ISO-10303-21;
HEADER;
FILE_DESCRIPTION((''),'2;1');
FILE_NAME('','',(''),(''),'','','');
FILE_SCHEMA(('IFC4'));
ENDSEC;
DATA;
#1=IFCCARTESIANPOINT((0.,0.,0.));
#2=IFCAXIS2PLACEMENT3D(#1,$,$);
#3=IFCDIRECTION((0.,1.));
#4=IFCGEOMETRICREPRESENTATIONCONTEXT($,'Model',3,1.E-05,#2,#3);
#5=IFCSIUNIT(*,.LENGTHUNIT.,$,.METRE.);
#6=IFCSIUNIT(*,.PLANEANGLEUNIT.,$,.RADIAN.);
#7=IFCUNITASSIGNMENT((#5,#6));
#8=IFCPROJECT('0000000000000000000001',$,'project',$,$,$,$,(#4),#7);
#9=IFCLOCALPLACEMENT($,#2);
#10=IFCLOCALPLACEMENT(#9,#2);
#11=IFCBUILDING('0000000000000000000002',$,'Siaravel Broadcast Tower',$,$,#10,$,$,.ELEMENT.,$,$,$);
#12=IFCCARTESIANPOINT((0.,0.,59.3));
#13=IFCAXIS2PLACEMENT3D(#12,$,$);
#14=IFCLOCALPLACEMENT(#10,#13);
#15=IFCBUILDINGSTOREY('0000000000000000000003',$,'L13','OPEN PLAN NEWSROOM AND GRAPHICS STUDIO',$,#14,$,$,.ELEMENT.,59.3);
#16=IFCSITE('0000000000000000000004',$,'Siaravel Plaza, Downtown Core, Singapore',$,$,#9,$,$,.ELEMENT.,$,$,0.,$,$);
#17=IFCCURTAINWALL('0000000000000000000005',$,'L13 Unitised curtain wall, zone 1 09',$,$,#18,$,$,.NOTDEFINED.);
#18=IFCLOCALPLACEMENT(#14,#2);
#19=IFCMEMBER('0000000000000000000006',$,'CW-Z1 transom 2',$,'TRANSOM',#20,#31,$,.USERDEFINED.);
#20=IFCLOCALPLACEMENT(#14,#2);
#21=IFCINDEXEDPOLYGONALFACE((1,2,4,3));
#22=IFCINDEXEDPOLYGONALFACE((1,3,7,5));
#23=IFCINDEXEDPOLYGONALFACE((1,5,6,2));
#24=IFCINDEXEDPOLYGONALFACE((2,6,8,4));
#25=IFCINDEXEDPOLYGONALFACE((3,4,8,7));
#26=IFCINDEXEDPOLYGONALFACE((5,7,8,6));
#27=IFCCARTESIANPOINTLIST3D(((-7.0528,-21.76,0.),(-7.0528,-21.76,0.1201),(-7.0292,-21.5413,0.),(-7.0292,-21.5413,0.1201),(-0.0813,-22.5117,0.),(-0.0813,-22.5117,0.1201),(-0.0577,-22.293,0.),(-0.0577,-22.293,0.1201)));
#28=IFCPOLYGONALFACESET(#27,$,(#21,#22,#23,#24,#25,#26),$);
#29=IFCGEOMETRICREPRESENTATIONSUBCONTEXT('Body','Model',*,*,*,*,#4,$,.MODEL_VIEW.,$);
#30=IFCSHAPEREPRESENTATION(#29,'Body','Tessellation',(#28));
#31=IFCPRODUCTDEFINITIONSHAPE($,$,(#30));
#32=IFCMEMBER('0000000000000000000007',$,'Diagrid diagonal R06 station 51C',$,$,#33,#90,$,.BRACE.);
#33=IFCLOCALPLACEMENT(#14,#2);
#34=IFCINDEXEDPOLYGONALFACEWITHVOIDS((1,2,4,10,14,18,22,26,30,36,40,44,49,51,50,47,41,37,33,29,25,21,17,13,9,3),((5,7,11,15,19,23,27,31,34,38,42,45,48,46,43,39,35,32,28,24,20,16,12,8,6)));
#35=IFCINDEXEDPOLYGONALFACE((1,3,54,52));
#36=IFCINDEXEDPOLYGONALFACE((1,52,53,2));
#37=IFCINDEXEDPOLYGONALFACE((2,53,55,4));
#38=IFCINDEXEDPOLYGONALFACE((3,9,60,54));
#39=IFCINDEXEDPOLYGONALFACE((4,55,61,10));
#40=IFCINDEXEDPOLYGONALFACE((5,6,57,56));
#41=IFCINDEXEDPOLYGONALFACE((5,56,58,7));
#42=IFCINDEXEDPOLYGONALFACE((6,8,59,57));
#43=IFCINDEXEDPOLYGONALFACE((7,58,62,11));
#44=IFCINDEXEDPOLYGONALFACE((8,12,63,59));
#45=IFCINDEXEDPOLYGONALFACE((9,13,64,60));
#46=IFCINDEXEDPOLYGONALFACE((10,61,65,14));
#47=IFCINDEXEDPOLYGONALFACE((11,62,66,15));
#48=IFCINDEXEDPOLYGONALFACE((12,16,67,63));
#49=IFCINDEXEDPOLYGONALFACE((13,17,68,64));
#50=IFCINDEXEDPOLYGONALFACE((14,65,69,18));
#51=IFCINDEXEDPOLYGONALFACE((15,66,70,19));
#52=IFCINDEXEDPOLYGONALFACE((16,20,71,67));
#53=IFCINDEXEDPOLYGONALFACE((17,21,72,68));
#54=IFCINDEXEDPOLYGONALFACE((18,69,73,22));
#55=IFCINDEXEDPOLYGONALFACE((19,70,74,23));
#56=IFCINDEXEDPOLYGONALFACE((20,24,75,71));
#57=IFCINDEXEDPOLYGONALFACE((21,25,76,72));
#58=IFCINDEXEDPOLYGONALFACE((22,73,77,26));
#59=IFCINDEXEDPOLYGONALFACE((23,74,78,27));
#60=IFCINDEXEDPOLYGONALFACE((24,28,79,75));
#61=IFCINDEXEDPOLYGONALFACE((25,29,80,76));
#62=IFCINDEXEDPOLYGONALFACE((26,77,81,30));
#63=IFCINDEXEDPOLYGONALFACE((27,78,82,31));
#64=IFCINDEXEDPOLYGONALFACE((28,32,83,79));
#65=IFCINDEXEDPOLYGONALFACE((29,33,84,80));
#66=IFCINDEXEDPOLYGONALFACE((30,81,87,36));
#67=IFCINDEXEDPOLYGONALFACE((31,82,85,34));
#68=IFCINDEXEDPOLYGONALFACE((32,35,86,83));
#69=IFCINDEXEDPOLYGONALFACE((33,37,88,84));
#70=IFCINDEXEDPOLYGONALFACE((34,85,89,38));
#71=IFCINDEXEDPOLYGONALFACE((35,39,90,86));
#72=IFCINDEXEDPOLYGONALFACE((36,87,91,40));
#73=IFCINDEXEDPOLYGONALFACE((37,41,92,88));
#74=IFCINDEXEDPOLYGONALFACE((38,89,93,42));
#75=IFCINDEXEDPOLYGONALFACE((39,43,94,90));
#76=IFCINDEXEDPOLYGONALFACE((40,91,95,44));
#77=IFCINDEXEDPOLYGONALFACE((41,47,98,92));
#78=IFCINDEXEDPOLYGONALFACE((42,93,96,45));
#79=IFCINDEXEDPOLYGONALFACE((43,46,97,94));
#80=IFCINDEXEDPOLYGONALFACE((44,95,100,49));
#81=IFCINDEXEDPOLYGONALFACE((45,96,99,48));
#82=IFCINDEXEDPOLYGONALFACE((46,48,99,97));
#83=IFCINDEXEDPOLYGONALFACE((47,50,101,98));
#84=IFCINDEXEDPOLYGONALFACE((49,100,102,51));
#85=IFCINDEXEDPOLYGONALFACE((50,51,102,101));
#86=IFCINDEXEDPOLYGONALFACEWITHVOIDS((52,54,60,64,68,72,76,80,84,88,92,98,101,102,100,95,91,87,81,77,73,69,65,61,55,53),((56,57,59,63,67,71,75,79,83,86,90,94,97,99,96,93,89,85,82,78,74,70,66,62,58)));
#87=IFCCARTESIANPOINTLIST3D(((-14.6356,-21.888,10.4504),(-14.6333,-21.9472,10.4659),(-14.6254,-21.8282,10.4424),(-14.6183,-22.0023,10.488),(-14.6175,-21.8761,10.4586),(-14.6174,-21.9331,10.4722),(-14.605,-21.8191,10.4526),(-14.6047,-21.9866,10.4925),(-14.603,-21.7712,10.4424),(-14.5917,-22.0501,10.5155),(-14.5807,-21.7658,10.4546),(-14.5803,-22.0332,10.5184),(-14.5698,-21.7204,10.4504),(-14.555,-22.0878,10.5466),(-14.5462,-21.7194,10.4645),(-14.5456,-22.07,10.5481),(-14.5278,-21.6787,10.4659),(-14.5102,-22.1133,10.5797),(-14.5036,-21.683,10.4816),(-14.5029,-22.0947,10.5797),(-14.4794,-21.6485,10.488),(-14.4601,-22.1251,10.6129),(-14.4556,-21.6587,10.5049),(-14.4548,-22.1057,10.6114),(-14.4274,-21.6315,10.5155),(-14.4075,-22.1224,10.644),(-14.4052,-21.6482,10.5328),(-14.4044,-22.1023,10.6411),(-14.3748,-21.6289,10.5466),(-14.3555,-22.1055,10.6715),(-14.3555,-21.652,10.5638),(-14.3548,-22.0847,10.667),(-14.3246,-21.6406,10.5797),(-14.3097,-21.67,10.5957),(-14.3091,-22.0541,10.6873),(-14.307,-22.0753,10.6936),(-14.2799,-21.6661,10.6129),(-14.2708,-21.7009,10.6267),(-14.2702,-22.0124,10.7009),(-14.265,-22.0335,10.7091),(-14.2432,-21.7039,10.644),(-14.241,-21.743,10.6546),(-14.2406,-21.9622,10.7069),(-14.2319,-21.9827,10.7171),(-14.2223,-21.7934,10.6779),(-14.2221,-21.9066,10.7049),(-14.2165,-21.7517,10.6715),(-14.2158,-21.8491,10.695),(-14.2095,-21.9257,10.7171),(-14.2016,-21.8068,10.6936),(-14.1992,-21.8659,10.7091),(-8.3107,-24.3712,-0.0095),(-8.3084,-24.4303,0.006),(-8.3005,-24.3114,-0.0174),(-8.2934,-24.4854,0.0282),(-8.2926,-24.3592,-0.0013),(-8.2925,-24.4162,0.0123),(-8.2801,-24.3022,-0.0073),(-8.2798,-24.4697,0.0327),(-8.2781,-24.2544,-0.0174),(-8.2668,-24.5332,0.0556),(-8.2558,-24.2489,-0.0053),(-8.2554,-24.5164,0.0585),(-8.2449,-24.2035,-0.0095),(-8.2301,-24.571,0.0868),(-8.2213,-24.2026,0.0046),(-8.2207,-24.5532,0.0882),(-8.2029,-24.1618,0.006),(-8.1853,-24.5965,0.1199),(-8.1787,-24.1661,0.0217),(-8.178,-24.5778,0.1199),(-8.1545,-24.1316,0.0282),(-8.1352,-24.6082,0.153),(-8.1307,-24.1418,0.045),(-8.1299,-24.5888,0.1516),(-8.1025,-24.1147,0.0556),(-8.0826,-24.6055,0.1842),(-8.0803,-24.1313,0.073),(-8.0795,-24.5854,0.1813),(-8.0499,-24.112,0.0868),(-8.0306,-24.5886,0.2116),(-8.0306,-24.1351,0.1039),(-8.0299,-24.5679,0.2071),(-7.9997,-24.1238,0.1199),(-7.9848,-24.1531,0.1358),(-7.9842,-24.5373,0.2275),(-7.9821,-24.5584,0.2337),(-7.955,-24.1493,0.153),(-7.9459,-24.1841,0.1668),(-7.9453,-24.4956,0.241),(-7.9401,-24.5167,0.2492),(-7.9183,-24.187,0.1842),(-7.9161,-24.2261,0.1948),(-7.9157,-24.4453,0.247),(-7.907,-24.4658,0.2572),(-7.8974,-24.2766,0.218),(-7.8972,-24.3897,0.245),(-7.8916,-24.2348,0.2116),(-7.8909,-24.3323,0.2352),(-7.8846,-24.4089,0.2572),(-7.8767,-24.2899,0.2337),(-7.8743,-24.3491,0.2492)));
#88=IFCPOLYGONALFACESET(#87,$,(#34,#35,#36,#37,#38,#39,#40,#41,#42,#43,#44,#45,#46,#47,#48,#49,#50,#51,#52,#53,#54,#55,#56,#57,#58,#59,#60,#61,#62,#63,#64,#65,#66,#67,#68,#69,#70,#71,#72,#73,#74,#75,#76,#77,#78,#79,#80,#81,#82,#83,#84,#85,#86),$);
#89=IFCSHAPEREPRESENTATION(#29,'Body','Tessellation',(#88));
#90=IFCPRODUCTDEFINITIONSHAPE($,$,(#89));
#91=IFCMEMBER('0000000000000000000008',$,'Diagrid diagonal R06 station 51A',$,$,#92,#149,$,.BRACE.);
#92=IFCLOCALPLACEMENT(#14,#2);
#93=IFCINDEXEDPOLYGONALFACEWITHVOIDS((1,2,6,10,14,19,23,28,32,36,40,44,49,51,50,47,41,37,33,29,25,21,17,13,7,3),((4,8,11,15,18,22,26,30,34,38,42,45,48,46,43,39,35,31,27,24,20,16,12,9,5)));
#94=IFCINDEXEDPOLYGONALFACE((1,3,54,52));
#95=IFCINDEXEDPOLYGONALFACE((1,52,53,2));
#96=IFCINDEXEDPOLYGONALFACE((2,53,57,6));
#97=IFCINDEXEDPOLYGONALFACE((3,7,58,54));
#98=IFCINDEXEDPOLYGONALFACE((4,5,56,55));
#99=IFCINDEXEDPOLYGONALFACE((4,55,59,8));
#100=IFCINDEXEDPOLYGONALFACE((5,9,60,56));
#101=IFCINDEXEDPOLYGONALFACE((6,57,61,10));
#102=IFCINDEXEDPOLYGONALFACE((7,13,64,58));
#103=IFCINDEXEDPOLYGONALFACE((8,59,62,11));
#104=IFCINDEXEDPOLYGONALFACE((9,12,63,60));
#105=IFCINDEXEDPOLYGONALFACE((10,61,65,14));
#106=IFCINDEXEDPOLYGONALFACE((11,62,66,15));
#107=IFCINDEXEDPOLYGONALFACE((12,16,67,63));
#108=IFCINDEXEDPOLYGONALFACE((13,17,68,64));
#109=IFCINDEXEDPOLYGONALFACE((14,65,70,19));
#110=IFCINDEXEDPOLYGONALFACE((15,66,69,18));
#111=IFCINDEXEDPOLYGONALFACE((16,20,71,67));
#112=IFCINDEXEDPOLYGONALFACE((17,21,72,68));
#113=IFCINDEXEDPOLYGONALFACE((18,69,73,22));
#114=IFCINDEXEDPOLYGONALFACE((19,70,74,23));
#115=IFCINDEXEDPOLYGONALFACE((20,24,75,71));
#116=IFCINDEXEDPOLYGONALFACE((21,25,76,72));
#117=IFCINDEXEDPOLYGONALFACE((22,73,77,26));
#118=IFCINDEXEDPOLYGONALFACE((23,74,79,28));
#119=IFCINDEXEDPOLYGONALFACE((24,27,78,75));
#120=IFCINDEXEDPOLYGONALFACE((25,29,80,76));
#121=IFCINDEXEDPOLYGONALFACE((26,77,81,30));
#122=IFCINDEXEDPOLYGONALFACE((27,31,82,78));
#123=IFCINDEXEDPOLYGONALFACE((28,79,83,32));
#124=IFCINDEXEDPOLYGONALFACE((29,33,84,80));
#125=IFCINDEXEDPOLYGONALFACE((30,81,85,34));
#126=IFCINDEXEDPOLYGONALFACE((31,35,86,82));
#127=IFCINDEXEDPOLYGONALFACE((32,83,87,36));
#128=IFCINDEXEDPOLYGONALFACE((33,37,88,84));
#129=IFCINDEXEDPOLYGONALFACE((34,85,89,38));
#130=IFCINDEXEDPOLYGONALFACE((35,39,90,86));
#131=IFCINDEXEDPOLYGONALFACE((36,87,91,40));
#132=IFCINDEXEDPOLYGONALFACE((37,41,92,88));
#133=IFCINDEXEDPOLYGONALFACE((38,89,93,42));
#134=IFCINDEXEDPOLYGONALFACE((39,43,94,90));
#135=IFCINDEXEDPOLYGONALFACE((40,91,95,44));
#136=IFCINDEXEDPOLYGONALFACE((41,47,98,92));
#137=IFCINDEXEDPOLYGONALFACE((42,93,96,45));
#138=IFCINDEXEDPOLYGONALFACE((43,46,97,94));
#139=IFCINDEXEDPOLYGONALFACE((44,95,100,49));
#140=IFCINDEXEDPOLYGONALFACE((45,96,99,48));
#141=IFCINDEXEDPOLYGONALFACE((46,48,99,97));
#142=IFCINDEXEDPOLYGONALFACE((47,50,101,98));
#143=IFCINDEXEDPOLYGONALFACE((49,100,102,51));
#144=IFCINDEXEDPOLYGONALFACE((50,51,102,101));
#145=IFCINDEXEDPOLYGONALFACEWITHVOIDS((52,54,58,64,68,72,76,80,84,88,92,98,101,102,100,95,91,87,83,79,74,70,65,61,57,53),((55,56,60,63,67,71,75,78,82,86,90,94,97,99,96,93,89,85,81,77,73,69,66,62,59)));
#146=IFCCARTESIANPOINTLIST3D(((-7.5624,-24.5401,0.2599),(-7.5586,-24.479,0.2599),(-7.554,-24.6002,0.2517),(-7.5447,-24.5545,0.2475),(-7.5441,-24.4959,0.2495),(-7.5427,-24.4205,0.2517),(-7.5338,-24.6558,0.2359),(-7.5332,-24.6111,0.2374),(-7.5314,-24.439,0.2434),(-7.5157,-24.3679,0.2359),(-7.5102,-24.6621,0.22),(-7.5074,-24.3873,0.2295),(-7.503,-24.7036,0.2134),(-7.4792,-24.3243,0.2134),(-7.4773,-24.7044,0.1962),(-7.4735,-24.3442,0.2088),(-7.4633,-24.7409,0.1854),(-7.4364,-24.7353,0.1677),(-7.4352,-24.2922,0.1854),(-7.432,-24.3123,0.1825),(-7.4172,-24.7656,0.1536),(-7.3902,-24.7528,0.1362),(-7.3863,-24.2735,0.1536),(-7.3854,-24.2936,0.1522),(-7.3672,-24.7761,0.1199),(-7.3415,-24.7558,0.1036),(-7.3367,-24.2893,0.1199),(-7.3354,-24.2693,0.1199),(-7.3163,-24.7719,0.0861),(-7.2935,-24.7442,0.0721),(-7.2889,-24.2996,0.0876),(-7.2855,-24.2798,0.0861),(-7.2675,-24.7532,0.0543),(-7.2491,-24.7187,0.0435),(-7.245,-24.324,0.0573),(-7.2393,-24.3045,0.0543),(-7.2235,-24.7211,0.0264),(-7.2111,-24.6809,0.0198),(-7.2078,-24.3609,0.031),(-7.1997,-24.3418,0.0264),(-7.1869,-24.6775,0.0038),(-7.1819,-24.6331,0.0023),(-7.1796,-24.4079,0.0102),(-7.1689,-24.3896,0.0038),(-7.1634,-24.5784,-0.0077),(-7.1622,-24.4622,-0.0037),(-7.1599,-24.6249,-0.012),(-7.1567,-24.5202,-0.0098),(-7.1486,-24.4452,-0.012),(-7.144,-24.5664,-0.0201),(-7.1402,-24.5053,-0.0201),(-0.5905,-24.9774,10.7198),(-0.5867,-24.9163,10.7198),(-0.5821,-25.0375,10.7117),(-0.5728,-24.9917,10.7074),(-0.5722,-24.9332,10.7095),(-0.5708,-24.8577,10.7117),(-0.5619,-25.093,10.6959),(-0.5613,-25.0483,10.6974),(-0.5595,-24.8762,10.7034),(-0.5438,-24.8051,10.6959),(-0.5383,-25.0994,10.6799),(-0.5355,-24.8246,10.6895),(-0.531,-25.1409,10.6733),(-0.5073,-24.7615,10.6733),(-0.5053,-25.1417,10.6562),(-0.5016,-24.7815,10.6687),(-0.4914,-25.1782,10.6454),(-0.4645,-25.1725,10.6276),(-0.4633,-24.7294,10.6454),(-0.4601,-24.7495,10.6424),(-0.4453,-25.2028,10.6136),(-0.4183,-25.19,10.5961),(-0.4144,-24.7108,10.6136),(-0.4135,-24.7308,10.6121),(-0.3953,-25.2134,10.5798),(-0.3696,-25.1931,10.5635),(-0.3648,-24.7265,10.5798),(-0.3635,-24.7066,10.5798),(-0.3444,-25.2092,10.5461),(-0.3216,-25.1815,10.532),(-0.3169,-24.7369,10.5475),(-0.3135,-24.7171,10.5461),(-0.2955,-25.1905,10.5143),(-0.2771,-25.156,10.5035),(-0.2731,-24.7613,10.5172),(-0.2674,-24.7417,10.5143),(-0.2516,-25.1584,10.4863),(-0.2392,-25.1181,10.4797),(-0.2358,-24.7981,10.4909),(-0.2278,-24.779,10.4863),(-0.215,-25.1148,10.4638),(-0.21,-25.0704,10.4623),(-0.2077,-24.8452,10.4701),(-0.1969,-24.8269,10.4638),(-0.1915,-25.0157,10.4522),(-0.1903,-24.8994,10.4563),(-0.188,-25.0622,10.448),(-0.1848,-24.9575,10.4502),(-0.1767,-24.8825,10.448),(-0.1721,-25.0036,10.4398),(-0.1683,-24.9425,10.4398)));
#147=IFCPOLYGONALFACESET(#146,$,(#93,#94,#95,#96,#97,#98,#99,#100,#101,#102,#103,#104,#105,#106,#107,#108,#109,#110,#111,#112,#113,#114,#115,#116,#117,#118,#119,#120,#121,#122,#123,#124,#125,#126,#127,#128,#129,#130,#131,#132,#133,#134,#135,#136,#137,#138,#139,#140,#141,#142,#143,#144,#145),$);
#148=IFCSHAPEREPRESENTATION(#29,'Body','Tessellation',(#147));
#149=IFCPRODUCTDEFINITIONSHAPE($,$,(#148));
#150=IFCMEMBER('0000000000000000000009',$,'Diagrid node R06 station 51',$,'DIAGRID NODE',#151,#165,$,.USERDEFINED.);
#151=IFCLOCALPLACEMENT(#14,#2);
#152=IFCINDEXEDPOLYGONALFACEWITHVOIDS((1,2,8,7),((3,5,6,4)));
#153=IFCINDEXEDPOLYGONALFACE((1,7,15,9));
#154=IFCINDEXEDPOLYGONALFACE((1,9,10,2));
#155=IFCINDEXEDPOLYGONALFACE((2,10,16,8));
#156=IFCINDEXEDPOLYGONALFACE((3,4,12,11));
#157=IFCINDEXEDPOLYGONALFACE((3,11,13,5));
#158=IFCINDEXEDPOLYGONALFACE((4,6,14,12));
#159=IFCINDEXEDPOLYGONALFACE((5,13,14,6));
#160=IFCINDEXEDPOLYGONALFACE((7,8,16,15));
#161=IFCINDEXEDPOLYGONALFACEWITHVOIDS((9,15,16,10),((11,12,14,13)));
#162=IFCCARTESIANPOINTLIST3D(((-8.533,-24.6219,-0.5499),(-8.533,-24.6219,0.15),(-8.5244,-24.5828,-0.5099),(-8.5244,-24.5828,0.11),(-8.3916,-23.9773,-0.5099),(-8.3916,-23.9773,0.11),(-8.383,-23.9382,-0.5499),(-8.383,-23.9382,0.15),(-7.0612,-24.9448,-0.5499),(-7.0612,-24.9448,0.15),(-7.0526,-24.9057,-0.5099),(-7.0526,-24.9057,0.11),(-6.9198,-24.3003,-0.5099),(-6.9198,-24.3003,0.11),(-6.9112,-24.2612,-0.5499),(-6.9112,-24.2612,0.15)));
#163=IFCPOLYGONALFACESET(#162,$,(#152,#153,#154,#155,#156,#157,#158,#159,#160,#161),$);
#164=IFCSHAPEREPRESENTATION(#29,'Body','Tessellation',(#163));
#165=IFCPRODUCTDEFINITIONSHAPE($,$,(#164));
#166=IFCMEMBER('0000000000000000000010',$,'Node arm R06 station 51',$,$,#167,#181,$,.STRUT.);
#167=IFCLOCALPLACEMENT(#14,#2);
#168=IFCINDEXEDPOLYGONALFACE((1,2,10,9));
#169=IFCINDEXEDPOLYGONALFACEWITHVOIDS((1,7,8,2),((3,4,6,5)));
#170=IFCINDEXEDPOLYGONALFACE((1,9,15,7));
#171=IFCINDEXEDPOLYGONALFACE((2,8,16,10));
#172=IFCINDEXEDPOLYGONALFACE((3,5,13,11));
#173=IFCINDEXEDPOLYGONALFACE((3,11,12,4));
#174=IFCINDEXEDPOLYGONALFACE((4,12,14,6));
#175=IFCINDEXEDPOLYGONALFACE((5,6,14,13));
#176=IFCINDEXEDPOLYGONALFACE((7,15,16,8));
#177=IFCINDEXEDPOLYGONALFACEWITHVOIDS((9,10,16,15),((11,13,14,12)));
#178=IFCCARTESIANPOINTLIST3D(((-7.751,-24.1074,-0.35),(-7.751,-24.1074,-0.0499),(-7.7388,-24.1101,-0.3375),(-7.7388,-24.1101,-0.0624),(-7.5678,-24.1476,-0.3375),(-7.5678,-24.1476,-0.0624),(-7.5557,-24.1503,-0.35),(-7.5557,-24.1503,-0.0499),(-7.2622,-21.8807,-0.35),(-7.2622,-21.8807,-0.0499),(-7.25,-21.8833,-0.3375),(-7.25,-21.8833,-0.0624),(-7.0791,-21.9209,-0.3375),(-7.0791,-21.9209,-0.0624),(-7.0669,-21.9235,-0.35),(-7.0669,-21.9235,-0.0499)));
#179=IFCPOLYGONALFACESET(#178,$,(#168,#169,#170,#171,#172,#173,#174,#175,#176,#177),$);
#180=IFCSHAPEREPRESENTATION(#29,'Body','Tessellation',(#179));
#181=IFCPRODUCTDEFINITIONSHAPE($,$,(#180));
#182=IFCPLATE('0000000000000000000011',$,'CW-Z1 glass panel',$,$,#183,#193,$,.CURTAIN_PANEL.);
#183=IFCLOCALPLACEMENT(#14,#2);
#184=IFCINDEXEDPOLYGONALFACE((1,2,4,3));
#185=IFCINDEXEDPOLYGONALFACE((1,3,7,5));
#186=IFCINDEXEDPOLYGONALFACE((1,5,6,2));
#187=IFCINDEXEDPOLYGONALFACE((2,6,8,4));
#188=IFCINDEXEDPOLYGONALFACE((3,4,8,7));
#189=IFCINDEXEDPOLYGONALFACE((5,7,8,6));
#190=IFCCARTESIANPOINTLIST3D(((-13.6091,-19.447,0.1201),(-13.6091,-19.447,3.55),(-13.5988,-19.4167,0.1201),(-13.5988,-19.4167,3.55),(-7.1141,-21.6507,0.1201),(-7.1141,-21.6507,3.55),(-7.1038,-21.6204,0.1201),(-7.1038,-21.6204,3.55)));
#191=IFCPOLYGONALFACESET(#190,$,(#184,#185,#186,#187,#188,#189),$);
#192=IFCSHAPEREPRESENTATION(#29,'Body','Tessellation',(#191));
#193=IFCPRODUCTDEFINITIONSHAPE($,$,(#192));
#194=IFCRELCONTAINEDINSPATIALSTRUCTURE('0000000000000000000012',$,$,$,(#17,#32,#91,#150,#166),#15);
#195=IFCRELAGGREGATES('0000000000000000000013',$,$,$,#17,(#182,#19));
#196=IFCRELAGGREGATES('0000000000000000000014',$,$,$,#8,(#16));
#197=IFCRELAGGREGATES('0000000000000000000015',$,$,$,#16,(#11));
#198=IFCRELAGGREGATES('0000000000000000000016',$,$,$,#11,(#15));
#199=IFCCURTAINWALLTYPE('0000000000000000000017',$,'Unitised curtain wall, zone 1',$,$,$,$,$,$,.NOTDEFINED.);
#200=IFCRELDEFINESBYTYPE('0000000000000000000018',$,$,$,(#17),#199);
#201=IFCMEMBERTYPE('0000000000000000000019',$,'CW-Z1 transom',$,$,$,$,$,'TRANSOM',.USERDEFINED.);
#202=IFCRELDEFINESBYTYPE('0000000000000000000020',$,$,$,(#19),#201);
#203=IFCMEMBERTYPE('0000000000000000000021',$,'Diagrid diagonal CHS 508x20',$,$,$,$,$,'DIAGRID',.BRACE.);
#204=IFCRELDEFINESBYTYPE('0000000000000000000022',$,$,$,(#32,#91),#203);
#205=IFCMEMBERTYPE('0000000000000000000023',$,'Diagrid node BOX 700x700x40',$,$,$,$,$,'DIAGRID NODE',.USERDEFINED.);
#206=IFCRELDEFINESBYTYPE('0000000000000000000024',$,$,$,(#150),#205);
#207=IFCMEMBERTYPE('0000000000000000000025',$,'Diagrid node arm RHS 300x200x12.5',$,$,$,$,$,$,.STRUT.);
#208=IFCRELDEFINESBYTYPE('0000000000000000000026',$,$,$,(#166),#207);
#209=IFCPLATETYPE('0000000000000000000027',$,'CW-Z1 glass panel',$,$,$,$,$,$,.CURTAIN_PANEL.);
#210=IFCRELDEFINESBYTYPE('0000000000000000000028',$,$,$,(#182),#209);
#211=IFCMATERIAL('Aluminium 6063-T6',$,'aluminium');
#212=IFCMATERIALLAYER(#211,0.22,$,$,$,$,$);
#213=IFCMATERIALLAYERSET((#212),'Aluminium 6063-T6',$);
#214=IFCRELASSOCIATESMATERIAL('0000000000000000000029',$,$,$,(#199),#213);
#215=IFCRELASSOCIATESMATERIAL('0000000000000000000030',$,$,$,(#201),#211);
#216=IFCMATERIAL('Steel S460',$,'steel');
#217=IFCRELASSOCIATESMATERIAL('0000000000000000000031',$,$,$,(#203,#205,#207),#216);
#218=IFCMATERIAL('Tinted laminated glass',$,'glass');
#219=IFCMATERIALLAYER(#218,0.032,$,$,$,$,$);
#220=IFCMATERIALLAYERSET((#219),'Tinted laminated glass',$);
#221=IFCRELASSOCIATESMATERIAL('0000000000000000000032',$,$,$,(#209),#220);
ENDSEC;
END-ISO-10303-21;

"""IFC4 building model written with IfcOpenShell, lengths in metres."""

from ifc_helpers import new_model, si_unit, direction, frame, origin, origin_2d, place, context, subcontext, project, spatial, rectangle, hollow_rectangle, hollow_circle, extrude, material, layer, layer_set, material_profile, profile_set, type_object, element, aggregate, save


model = new_model("IFC4")

# Units and contexts
model_context = context("Model", 3, precision=1e-05, world=origin(), true_north=direction((0.0, 1.0)))
body_context = subcontext(model_context, "Body", "Model", "MODEL_VIEW")
ifc_project = project(units=[si_unit("LENGTHUNIT", "METRE"), si_unit("PLANEANGLEUNIT", "RADIAN")], contexts=[model_context])

# Site, building, storey
site_placement = place(None, origin())
site = spatial("IfcSite", under=ifc_project, at=site_placement, Name="Siaravel Plaza, Downtown Core, Singapore", CompositionType="ELEMENT", RefElevation=0.0)
building_placement = place(site_placement, origin())
building = spatial("IfcBuilding", under=site, at=building_placement, Name="Siaravel Broadcast Tower", CompositionType="ELEMENT")
storey_placement = place(building_placement, frame((0.0, 0.0, 59.3)))
storey = spatial("IfcBuildingStorey", under=building, at=storey_placement, Name="L13", Description="OPEN PLAN NEWSROOM AND GRAPHICS STUDIO", CompositionType="ELEMENT", Elevation=59.3)

# Curtain wall, member
ifc_material_1 = material(Name="Aluminium 6063-T6", Category="aluminium")
ifc_layer_1 = layer(ifc_material_1, 0.22)
ifc_layer_set_1 = layer_set([ifc_layer_1], Name="Aluminium 6063-T6")
curtain_wall_type = type_object("IfcCurtainWallType", Name="Unitised curtain wall, zone 1", PredefinedType="NOTDEFINED", material=ifc_layer_set_1)
curtain_wall_placement = place(storey_placement, origin())
curtain_wall = element("IfcCurtainWall", 1, at=curtain_wall_placement, inside=storey, type_object=curtain_wall_type, Name="L13 Unitised curtain wall, zone 1 09", PredefinedType="NOTDEFINED")
ifc_material_profile_1 = material_profile(ifc_material_1, rectangle(XDim=0.22, YDim=0.1201, at=origin_2d()))
ifc_profile_set_1 = profile_set([ifc_material_profile_1], Name="Aluminium 6063-T6")
member_type_1 = type_object("IfcMemberType", Name="CW-Z1 transom", ElementType="TRANSOM", PredefinedType="USERDEFINED", material=ifc_profile_set_1)
member_1_placement = place(storey_placement, frame((-7.041, -21.6506, 0.0601), z_axis=(0.994237, -0.107206, 0.0), x_axis=(0.107206, 0.994237, 0.0)))
member_1 = element("IfcMember", 2, at=member_1_placement, type_object=member_type_1, Name="CW-Z1 transom 2", ObjectType="TRANSOM", PredefinedType="USERDEFINED", context=body_context, shape_type="SweptSolid", body=[
    extrude(rectangle(XDim=0.22, YDim=0.1201, at=origin_2d()), origin(), (0.0, 0.0, 1.0), 7.012),
])

# Members
ifc_material_2 = material(Name="Steel S460", Category="steel")
ifc_material_profile_2 = material_profile(ifc_material_2, hollow_circle(Radius=0.2539, WallThickness=0.02, at=origin_2d()))
ifc_profile_set_2 = profile_set([ifc_material_profile_2], Name="Steel S460")
member_type_2 = type_object("IfcMemberType", Name="Diagrid diagonal CHS 508x20", ElementType="DIAGRID", PredefinedType="BRACE", material=ifc_profile_set_2)
member_2_placement = place(storey_placement, frame((-8.0925, -24.3601, 0.1199), z_axis=(-0.507081, 0.199078, 0.838592), x_axis=(-0.365442, -0.930834, 0.0)))
element("IfcMember", 3, at=member_2_placement, inside=storey, type_object=member_type_2, Name="Diagrid diagonal R06 station 51C", PredefinedType="BRACE", context=body_context, shape_type="SweptSolid", body=[
    extrude(hollow_circle(Radius=0.2539, WallThickness=0.02, at=origin_2d()), origin(), (0.0, 0.0, 1.0), 12.4731),
])
member_3_placement = place(storey_placement, frame((-7.3513, -24.5227, 0.1199), z_axis=(0.554289, -0.034763, 0.831598), x_axis=(0.062594, 0.998039, 0.0)))
element("IfcMember", 4, at=member_3_placement, inside=storey, type_object=member_type_2, Name="Diagrid diagonal R06 station 51A", PredefinedType="BRACE", context=body_context, shape_type="SweptSolid", body=[
    extrude(hollow_circle(Radius=0.2539, WallThickness=0.02, at=origin_2d()), origin(), (0.0, 0.0, 1.0), 12.5781),
])
ifc_material_profile_3 = material_profile(ifc_material_2, hollow_rectangle(XDim=0.7, YDim=0.7, WallThickness=0.04, at=origin_2d()))
ifc_profile_set_3 = profile_set([ifc_material_profile_3], Name="Steel S460")
member_type_3 = type_object("IfcMemberType", Name="Diagrid node BOX 700x700x40", ElementType="DIAGRID NODE", PredefinedType="USERDEFINED", material=ifc_profile_set_3)
member_4_placement = place(storey_placement, frame((-8.458, -24.28, -0.2), z_axis=(0.976759, -0.214339, 0.0), x_axis=(0.214339, 0.976759, 0.0)))
element("IfcMember", 5, at=member_4_placement, inside=storey, type_object=member_type_3, Name="Diagrid node R06 station 51", ObjectType="DIAGRID NODE", PredefinedType="USERDEFINED", context=body_context, shape_type="SweptSolid", body=[
    extrude(hollow_rectangle(XDim=0.7, YDim=0.7, WallThickness=0.04, at=origin_2d()), origin(), (0.0, 0.0, 1.0), 1.5068),
])
ifc_material_profile_4 = material_profile(ifc_material_2, hollow_rectangle(XDim=0.2, YDim=0.3, WallThickness=0.0125, at=origin_2d()))
ifc_profile_set_4 = profile_set([ifc_material_profile_4], Name="Steel S460")
member_type_4 = type_object("IfcMemberType", Name="Diagrid node arm RHS 300x200x12.5", PredefinedType="STRUT", material=ifc_profile_set_4)
member_5_placement = place(storey_placement, frame((-7.1646, -21.9021, -0.2), z_axis=(-0.21439, -0.976748, 0.0), x_axis=(0.976748, -0.21439, 0.0)))
element("IfcMember", 6, at=member_5_placement, inside=storey, type_object=member_type_4, Name="Node arm R06 station 51", PredefinedType="STRUT", context=body_context, shape_type="SweptSolid", body=[
    extrude(hollow_rectangle(XDim=0.2, YDim=0.3, WallThickness=0.0125, at=origin_2d()), origin(), (0.0, 0.0, 1.0), 2.2798),
])

# Plate
ifc_material_3 = material(Name="Tinted laminated glass", Category="glass")
ifc_layer_2 = layer(ifc_material_3, 0.032)
ifc_layer_set_2 = layer_set([ifc_layer_2], Name="Tinted laminated glass")
plate_type = type_object("IfcPlateType", Name="CW-Z1 glass panel", PredefinedType="CURTAIN_PANEL", material=ifc_layer_set_2)
plate_1_placement = place(storey_placement, frame((-10.3564, -20.5337, 0.1201), z_axis=(0.0, 0.0, 1.0), x_axis=(0.946978, -0.3213, 0.0)))
plate_1 = element("IfcPlate", 7, at=plate_1_placement, type_object=plate_type, Name="CW-Z1 glass panel", PredefinedType="CURTAIN_PANEL", context=body_context, shape_type="SweptSolid", body=[
    extrude(rectangle(XDim=6.8586, YDim=0.032, at=origin_2d()), origin(), (0.0, 0.0, 1.0), 3.4299),
])
aggregate(curtain_wall, [plate_1, member_1])

save(model, "model.ifc")
